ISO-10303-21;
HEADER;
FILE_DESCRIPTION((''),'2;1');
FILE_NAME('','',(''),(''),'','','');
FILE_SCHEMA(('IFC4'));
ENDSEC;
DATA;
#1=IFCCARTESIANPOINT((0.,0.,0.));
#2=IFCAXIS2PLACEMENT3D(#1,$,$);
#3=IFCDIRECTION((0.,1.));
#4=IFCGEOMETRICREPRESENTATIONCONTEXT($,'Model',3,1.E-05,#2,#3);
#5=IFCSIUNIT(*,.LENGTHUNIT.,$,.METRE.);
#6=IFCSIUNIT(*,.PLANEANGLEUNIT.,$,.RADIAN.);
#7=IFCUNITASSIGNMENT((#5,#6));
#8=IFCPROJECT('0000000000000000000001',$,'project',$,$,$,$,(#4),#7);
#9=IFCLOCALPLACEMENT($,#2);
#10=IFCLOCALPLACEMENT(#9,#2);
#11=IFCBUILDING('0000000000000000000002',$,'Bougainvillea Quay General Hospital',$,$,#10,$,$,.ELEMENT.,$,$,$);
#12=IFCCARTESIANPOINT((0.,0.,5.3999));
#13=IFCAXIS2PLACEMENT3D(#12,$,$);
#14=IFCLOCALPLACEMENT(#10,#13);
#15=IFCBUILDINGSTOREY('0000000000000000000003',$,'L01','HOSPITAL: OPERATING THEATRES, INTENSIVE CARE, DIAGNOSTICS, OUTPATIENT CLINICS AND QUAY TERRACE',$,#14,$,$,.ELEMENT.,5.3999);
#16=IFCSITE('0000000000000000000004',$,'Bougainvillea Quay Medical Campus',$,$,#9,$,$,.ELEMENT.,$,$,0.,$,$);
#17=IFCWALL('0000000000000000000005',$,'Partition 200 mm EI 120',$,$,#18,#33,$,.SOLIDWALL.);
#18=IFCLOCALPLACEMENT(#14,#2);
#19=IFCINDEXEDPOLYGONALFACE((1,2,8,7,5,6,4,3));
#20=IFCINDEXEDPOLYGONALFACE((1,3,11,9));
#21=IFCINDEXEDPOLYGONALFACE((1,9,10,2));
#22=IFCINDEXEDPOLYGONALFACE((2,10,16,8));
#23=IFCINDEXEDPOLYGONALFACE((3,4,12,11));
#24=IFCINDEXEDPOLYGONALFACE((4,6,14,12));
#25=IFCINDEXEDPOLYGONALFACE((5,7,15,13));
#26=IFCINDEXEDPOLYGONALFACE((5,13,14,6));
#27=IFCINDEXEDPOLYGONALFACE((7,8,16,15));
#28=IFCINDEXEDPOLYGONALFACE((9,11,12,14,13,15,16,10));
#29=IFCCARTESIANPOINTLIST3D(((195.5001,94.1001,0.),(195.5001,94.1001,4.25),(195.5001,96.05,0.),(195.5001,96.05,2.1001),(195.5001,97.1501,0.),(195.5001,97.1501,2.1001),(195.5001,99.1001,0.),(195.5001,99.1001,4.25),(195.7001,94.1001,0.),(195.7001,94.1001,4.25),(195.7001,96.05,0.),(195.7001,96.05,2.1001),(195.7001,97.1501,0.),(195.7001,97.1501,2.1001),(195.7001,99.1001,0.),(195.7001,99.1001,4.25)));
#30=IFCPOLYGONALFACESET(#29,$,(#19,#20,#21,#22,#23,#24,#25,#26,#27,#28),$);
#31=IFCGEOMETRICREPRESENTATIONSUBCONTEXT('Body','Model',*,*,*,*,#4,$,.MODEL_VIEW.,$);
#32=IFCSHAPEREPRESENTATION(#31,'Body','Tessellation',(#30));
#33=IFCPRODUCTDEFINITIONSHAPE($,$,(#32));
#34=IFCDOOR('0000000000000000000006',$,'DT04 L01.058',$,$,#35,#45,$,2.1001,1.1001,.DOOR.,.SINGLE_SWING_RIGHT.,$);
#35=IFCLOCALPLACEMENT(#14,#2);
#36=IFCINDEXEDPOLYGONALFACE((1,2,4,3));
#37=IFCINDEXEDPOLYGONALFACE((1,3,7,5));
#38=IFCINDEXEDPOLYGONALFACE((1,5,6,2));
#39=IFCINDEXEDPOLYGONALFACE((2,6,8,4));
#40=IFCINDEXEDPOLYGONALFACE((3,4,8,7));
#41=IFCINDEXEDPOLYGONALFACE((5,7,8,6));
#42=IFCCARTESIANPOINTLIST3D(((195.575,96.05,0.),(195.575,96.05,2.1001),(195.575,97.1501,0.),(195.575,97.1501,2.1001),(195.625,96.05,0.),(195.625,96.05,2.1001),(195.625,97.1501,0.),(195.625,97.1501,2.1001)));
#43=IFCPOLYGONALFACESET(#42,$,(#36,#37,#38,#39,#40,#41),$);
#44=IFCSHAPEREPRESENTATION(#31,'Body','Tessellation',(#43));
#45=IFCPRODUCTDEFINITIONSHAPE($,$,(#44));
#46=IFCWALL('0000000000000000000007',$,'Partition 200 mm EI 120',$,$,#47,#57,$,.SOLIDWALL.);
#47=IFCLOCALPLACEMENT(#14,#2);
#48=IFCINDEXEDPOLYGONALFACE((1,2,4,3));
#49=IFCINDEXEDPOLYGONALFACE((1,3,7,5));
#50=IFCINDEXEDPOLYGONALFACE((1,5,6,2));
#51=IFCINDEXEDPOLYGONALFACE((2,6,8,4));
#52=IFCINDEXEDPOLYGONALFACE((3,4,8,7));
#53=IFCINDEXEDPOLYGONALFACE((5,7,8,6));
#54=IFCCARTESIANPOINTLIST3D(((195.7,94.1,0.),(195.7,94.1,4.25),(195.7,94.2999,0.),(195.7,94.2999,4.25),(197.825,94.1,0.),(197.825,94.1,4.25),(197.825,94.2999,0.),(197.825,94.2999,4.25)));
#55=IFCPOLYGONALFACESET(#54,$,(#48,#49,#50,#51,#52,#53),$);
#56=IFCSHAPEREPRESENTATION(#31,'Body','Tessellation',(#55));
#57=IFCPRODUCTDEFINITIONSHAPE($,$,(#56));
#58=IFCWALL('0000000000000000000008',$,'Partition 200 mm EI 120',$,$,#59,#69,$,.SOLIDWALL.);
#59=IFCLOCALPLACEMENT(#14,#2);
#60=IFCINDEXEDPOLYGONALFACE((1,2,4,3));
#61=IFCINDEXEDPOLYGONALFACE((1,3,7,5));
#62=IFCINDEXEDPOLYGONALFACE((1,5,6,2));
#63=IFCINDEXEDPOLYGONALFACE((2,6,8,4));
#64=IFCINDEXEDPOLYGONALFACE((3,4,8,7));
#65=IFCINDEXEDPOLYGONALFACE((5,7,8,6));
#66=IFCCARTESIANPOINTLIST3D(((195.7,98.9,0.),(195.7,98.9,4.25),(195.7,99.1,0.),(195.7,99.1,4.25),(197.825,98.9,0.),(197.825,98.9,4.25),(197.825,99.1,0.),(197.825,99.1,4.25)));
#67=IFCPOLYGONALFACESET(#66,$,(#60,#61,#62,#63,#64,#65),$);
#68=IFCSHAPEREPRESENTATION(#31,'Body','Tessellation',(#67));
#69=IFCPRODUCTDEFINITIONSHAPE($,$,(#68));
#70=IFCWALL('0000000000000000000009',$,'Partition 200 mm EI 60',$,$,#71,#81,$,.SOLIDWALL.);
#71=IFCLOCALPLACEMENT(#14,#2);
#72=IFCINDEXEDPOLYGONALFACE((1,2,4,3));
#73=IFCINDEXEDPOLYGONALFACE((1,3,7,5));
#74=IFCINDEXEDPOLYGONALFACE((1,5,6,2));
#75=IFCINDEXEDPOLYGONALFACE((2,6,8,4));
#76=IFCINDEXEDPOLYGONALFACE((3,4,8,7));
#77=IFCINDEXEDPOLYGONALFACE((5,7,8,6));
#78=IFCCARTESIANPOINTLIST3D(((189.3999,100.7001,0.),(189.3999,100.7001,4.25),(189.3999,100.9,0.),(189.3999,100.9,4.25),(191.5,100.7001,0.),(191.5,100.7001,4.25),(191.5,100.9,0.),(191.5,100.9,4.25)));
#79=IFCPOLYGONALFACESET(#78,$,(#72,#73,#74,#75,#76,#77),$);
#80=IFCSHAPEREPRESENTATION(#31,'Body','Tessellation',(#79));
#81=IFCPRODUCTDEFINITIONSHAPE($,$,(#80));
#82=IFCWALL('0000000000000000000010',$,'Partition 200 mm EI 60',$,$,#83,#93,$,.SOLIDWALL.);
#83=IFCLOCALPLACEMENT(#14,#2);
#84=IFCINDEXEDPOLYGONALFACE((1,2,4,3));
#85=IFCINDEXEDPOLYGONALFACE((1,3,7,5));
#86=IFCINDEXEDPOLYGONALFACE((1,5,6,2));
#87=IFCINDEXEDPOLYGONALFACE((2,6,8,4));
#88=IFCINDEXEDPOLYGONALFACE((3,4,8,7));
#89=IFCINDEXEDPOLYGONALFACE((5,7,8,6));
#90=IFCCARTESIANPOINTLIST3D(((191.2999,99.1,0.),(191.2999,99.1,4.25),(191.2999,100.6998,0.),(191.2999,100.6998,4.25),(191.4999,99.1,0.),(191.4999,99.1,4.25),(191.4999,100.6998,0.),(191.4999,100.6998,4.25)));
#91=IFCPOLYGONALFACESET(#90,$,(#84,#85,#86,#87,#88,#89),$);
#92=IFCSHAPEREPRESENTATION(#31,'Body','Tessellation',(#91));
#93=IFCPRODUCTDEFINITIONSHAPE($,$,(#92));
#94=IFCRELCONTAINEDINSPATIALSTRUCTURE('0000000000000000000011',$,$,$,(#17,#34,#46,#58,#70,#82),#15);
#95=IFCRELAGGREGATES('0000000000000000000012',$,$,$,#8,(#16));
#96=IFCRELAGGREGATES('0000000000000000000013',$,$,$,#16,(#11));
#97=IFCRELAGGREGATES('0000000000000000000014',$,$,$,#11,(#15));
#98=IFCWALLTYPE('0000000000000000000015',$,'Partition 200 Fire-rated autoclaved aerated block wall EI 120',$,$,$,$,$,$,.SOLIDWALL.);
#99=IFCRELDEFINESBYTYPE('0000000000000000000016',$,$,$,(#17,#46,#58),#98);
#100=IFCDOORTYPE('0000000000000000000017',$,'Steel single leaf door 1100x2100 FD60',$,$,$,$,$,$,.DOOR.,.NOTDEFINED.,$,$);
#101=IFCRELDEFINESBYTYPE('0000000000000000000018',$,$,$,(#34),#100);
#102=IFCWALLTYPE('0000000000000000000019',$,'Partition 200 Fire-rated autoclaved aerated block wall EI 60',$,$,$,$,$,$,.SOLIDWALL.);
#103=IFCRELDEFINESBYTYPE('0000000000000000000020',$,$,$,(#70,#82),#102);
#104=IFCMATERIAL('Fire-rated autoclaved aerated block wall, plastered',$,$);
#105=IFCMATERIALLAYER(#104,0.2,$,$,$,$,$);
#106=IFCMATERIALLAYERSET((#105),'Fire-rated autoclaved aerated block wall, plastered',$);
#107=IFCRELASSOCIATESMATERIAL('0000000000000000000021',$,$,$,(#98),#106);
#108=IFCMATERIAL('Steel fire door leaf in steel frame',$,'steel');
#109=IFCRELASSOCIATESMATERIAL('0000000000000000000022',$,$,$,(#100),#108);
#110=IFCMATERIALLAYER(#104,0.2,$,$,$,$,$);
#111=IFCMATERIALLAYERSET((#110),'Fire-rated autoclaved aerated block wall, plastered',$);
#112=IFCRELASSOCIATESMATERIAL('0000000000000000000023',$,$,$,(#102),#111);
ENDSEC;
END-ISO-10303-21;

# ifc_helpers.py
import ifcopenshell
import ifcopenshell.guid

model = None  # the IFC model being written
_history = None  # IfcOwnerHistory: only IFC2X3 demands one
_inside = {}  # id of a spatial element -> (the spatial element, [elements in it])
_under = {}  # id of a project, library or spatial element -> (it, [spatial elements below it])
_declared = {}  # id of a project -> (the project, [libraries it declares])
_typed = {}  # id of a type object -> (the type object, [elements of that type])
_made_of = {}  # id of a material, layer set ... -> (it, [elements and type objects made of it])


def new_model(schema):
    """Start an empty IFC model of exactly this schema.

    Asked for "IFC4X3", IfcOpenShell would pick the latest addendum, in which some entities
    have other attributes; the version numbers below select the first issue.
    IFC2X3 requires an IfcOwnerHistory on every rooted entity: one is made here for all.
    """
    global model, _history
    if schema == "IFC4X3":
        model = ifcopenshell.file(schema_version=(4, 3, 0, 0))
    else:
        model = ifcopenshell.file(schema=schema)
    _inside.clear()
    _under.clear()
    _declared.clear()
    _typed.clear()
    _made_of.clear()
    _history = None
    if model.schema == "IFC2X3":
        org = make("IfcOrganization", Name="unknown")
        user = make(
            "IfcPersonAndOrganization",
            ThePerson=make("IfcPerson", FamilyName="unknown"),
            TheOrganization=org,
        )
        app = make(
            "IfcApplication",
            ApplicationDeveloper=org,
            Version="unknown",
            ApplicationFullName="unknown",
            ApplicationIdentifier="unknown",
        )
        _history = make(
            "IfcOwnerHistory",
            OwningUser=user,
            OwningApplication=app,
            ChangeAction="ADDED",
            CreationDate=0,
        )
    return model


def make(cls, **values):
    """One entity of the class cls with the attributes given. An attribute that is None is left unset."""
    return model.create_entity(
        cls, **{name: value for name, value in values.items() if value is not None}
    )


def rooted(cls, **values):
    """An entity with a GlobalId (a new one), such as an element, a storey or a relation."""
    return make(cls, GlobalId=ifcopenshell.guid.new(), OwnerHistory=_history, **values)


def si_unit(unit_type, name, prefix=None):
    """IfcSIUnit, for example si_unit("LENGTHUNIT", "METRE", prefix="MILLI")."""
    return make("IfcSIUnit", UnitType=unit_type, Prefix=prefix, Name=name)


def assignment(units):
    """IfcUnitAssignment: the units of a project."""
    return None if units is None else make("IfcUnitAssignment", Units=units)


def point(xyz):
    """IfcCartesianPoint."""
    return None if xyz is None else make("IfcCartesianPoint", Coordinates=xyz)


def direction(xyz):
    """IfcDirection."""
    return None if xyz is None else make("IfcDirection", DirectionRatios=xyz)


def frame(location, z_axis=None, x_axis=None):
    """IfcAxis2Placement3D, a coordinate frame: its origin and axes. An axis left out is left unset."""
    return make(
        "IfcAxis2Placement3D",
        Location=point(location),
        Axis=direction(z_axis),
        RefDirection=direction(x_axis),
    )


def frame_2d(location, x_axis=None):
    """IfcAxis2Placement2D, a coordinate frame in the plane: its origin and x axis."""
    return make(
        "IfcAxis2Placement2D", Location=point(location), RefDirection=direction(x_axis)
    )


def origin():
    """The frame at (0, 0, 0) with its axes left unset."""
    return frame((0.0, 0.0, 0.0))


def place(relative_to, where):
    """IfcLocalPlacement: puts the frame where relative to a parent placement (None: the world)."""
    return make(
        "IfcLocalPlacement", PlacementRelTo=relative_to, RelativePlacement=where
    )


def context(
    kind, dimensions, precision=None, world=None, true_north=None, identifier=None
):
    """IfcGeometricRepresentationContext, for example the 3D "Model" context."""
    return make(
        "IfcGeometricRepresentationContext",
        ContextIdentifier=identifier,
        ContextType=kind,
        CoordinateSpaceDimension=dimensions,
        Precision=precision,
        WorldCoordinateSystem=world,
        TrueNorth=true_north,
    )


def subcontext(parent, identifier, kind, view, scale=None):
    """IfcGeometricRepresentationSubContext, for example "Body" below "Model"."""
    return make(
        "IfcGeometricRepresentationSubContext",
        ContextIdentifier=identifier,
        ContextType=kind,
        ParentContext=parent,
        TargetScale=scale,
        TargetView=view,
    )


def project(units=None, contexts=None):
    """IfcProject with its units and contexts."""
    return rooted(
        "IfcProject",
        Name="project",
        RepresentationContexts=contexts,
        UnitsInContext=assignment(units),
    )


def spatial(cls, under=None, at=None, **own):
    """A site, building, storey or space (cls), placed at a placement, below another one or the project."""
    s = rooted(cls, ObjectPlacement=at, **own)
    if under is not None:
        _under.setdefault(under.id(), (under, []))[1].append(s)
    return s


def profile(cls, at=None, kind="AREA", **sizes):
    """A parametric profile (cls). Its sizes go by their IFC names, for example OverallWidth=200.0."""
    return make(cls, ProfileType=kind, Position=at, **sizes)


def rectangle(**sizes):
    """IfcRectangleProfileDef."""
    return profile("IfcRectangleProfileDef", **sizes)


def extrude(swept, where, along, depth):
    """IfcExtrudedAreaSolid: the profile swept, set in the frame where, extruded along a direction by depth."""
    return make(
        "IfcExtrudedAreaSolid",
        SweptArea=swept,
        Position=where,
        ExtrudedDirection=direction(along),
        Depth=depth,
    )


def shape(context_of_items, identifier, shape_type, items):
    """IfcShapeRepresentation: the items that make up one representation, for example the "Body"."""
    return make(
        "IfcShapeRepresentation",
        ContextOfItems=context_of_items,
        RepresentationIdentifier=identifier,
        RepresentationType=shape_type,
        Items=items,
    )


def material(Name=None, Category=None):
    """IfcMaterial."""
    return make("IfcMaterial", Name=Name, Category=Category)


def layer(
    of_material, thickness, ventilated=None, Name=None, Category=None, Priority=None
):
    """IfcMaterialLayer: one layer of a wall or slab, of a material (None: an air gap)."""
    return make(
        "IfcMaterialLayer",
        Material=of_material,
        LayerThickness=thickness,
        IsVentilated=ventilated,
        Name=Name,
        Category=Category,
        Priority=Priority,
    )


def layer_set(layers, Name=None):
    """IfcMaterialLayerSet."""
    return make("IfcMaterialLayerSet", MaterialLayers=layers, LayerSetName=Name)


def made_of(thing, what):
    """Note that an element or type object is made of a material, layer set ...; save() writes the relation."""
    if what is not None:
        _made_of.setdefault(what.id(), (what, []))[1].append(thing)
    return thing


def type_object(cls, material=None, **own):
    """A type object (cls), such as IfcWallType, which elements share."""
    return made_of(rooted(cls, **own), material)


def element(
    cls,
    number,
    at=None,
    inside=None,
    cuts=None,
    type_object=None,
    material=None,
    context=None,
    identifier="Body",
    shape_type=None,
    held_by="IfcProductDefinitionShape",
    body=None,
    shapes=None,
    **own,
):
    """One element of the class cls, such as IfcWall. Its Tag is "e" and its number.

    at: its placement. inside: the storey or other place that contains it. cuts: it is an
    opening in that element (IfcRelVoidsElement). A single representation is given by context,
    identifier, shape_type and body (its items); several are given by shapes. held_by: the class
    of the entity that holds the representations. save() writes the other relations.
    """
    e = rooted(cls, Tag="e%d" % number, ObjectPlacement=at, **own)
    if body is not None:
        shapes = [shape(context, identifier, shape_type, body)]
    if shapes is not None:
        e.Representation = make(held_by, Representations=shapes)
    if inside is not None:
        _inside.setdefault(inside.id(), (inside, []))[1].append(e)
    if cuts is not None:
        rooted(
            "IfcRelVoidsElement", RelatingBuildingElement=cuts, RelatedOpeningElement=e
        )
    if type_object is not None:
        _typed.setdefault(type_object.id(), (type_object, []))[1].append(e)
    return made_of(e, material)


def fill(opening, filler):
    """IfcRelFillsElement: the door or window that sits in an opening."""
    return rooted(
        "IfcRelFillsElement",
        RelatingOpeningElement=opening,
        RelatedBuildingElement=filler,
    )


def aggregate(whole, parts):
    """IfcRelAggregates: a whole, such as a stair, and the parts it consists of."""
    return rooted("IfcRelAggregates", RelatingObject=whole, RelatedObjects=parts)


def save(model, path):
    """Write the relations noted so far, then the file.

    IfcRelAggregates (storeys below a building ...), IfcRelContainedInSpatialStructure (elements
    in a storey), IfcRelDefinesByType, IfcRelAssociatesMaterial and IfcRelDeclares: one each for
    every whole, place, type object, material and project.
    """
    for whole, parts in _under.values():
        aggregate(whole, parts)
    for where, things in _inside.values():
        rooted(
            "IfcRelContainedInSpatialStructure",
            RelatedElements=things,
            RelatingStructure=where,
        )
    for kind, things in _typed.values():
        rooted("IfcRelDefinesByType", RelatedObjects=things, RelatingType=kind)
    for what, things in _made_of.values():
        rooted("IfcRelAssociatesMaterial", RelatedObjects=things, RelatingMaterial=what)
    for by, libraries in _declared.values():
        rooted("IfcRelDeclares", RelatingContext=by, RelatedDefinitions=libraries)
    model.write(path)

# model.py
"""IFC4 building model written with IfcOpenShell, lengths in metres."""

from ifc_helpers import new_model, si_unit, direction, frame, frame_2d, origin, place, context, subcontext, project, spatial, rectangle, extrude, material, layer, layer_set, type_object, element, fill, save


model = new_model("IFC4")

# Units and contexts
model_context = context("Model", 3, precision=1e-05, world=origin(), true_north=direction((0.0, 1.0)))
body_context = subcontext(model_context, "Body", "Model", "MODEL_VIEW")
ifc_project = project(units=[si_unit("LENGTHUNIT", "METRE"), si_unit("PLANEANGLEUNIT", "RADIAN")], contexts=[model_context])

# Site, building, storey
site_placement = place(None, origin())
site = spatial("IfcSite", under=ifc_project, at=site_placement, Name="Bougainvillea Quay Medical Campus", CompositionType="ELEMENT", RefElevation=0.0)
building_placement = place(site_placement, origin())
building = spatial("IfcBuilding", under=site, at=building_placement, Name="Bougainvillea Quay General Hospital", CompositionType="ELEMENT")
storey_placement = place(building_placement, frame((0.0, 0.0, 5.3999)))
storey = spatial("IfcBuildingStorey", under=building, at=storey_placement, Name="L01", Description="HOSPITAL: OPERATING THEATRES, INTENSIVE CARE, DIAGNOSTICS, OUTPATIENT CLINICS AND QUAY TERRACE", CompositionType="ELEMENT", Elevation=5.3999)

# Wall, opening, door
ifc_material_1 = material(Name="Fire-rated autoclaved aerated block wall, plastered")
ifc_layer_1 = layer(ifc_material_1, 0.2)
ifc_layer_set_1 = layer_set([ifc_layer_1], Name="Fire-rated autoclaved aerated block wall, plastered")
wall_type_1 = type_object("IfcWallType", Name="Partition 200 Fire-rated autoclaved aerated block wall EI 120", PredefinedType="SOLIDWALL", material=ifc_layer_set_1)
wall_1_placement = place(storey_placement, frame((195.6001, 94.1001, 0.0), z_axis=(0.0, 0.0, 1.0), x_axis=(0.0, 1.0, 0.0)))
wall_1 = element("IfcWall", 1, at=wall_1_placement, inside=storey, type_object=wall_type_1, Name="Partition 200 mm EI 120", PredefinedType="SOLIDWALL", context=body_context, shape_type="SweptSolid", body=[
    extrude(rectangle(XDim=5.0, YDim=0.2, at=frame_2d((2.5, 0.0))), origin(), (0.0, 0.0, 1.0), 4.25),
])
opening_1_placement = place(wall_1_placement, frame((1.95, 0.0, 0.0)))
opening_1 = element("IfcOpeningElement", 2, at=opening_1_placement, cuts=wall_1, PredefinedType="OPENING", context=body_context, shape_type="SweptSolid", body=[
    extrude(rectangle(XDim=1.1001, YDim=2.1001, at=frame_2d((0.55, 1.05))), frame((0.0, 0.1099, 0.0), z_axis=(0.0, -1.0, 0.0), x_axis=(1.0, 0.0, 0.0)), (0.0, 0.0, 1.0), 0.22),
])
ifc_material_2 = material(Name="Steel fire door leaf in steel frame", Category="steel")
door_type_1 = type_object("IfcDoorType", Name="Steel single leaf door 1100x2100 FD60", OperationType="NOTDEFINED", PredefinedType="DOOR", material=ifc_material_2)
door_1_placement = place(opening_1_placement, frame((1.1001, 0.0, 0.0), z_axis=(0.0, 0.0, 1.0), x_axis=(-1.0, 0.0, 0.0)))
door_1 = element("IfcDoor", 3, at=door_1_placement, inside=storey, type_object=door_type_1, Name="DT04 L01.058", OperationType="SINGLE_SWING_RIGHT", OverallHeight=2.1001, OverallWidth=1.1001, PredefinedType="DOOR", context=body_context, shape_type="SweptSolid", body=[
    extrude(rectangle(XDim=1.1001, YDim=2.1001, at=frame_2d((0.55, 1.05))), frame((0.0, 0.0249, 0.0), z_axis=(0.0, -1.0, 0.0), x_axis=(1.0, 0.0, 0.0)), (0.0, 0.0, 1.0), 0.05),
])
fill(opening_1, door_1)

# Walls
for number, where, z_axis, x_axis, name in (
    (4, (195.7, 94.2, 0.0), (0.0, 0.0, 1.0), (1.0, 0.0, 0.0), "Partition 200 mm EI 120"),
    (5, (195.7, 99.0, 0.0), (0.0, 0.0, 1.0), (1.0, 0.0, 0.0), "Partition 200 mm EI 120"),
):
    element("IfcWall", number, at=place(storey_placement, frame(where, z_axis=z_axis, x_axis=x_axis)), inside=storey, type_object=wall_type_1, Name=name, PredefinedType="SOLIDWALL", context=body_context, shape_type="SweptSolid", body=[
        extrude(rectangle(XDim=2.125, YDim=0.2, at=frame_2d((1.0625, 0.0))), origin(), (0.0, 0.0, 1.0), 4.25),
    ])
ifc_layer_2 = layer(ifc_material_1, 0.2)
ifc_layer_set_2 = layer_set([ifc_layer_2], Name="Fire-rated autoclaved aerated block wall, plastered")
wall_type_2 = type_object("IfcWallType", Name="Partition 200 Fire-rated autoclaved aerated block wall EI 60", PredefinedType="SOLIDWALL", material=ifc_layer_set_2)
wall_2_placement = place(storey_placement, frame((189.3999, 100.8, 0.0), z_axis=(0.0, 0.0, 1.0), x_axis=(1.0, 0.0, 0.0)))
element("IfcWall", 6, at=wall_2_placement, inside=storey, type_object=wall_type_2, Name="Partition 200 mm EI 60", PredefinedType="SOLIDWALL", context=body_context, shape_type="SweptSolid", body=[
    extrude(rectangle(XDim=2.1001, YDim=0.2, at=frame_2d((1.05, 0.0))), origin(), (0.0, 0.0, 1.0), 4.25),
])
wall_3_placement = place(storey_placement, frame((191.3999, 99.1001, 0.0), z_axis=(0.0, 0.0, 1.0), x_axis=(0.0, 1.0, 0.0)))
element("IfcWall", 7, at=wall_3_placement, inside=storey, type_object=wall_type_2, Name="Partition 200 mm EI 60", PredefinedType="SOLIDWALL", context=body_context, shape_type="SweptSolid", body=[
    extrude(rectangle(XDim=1.5999, YDim=0.2, at=frame_2d((0.7998, 0.0))), origin(), (0.0, 0.0, 1.0), 4.25),
])

save(model, "model.ifc")
